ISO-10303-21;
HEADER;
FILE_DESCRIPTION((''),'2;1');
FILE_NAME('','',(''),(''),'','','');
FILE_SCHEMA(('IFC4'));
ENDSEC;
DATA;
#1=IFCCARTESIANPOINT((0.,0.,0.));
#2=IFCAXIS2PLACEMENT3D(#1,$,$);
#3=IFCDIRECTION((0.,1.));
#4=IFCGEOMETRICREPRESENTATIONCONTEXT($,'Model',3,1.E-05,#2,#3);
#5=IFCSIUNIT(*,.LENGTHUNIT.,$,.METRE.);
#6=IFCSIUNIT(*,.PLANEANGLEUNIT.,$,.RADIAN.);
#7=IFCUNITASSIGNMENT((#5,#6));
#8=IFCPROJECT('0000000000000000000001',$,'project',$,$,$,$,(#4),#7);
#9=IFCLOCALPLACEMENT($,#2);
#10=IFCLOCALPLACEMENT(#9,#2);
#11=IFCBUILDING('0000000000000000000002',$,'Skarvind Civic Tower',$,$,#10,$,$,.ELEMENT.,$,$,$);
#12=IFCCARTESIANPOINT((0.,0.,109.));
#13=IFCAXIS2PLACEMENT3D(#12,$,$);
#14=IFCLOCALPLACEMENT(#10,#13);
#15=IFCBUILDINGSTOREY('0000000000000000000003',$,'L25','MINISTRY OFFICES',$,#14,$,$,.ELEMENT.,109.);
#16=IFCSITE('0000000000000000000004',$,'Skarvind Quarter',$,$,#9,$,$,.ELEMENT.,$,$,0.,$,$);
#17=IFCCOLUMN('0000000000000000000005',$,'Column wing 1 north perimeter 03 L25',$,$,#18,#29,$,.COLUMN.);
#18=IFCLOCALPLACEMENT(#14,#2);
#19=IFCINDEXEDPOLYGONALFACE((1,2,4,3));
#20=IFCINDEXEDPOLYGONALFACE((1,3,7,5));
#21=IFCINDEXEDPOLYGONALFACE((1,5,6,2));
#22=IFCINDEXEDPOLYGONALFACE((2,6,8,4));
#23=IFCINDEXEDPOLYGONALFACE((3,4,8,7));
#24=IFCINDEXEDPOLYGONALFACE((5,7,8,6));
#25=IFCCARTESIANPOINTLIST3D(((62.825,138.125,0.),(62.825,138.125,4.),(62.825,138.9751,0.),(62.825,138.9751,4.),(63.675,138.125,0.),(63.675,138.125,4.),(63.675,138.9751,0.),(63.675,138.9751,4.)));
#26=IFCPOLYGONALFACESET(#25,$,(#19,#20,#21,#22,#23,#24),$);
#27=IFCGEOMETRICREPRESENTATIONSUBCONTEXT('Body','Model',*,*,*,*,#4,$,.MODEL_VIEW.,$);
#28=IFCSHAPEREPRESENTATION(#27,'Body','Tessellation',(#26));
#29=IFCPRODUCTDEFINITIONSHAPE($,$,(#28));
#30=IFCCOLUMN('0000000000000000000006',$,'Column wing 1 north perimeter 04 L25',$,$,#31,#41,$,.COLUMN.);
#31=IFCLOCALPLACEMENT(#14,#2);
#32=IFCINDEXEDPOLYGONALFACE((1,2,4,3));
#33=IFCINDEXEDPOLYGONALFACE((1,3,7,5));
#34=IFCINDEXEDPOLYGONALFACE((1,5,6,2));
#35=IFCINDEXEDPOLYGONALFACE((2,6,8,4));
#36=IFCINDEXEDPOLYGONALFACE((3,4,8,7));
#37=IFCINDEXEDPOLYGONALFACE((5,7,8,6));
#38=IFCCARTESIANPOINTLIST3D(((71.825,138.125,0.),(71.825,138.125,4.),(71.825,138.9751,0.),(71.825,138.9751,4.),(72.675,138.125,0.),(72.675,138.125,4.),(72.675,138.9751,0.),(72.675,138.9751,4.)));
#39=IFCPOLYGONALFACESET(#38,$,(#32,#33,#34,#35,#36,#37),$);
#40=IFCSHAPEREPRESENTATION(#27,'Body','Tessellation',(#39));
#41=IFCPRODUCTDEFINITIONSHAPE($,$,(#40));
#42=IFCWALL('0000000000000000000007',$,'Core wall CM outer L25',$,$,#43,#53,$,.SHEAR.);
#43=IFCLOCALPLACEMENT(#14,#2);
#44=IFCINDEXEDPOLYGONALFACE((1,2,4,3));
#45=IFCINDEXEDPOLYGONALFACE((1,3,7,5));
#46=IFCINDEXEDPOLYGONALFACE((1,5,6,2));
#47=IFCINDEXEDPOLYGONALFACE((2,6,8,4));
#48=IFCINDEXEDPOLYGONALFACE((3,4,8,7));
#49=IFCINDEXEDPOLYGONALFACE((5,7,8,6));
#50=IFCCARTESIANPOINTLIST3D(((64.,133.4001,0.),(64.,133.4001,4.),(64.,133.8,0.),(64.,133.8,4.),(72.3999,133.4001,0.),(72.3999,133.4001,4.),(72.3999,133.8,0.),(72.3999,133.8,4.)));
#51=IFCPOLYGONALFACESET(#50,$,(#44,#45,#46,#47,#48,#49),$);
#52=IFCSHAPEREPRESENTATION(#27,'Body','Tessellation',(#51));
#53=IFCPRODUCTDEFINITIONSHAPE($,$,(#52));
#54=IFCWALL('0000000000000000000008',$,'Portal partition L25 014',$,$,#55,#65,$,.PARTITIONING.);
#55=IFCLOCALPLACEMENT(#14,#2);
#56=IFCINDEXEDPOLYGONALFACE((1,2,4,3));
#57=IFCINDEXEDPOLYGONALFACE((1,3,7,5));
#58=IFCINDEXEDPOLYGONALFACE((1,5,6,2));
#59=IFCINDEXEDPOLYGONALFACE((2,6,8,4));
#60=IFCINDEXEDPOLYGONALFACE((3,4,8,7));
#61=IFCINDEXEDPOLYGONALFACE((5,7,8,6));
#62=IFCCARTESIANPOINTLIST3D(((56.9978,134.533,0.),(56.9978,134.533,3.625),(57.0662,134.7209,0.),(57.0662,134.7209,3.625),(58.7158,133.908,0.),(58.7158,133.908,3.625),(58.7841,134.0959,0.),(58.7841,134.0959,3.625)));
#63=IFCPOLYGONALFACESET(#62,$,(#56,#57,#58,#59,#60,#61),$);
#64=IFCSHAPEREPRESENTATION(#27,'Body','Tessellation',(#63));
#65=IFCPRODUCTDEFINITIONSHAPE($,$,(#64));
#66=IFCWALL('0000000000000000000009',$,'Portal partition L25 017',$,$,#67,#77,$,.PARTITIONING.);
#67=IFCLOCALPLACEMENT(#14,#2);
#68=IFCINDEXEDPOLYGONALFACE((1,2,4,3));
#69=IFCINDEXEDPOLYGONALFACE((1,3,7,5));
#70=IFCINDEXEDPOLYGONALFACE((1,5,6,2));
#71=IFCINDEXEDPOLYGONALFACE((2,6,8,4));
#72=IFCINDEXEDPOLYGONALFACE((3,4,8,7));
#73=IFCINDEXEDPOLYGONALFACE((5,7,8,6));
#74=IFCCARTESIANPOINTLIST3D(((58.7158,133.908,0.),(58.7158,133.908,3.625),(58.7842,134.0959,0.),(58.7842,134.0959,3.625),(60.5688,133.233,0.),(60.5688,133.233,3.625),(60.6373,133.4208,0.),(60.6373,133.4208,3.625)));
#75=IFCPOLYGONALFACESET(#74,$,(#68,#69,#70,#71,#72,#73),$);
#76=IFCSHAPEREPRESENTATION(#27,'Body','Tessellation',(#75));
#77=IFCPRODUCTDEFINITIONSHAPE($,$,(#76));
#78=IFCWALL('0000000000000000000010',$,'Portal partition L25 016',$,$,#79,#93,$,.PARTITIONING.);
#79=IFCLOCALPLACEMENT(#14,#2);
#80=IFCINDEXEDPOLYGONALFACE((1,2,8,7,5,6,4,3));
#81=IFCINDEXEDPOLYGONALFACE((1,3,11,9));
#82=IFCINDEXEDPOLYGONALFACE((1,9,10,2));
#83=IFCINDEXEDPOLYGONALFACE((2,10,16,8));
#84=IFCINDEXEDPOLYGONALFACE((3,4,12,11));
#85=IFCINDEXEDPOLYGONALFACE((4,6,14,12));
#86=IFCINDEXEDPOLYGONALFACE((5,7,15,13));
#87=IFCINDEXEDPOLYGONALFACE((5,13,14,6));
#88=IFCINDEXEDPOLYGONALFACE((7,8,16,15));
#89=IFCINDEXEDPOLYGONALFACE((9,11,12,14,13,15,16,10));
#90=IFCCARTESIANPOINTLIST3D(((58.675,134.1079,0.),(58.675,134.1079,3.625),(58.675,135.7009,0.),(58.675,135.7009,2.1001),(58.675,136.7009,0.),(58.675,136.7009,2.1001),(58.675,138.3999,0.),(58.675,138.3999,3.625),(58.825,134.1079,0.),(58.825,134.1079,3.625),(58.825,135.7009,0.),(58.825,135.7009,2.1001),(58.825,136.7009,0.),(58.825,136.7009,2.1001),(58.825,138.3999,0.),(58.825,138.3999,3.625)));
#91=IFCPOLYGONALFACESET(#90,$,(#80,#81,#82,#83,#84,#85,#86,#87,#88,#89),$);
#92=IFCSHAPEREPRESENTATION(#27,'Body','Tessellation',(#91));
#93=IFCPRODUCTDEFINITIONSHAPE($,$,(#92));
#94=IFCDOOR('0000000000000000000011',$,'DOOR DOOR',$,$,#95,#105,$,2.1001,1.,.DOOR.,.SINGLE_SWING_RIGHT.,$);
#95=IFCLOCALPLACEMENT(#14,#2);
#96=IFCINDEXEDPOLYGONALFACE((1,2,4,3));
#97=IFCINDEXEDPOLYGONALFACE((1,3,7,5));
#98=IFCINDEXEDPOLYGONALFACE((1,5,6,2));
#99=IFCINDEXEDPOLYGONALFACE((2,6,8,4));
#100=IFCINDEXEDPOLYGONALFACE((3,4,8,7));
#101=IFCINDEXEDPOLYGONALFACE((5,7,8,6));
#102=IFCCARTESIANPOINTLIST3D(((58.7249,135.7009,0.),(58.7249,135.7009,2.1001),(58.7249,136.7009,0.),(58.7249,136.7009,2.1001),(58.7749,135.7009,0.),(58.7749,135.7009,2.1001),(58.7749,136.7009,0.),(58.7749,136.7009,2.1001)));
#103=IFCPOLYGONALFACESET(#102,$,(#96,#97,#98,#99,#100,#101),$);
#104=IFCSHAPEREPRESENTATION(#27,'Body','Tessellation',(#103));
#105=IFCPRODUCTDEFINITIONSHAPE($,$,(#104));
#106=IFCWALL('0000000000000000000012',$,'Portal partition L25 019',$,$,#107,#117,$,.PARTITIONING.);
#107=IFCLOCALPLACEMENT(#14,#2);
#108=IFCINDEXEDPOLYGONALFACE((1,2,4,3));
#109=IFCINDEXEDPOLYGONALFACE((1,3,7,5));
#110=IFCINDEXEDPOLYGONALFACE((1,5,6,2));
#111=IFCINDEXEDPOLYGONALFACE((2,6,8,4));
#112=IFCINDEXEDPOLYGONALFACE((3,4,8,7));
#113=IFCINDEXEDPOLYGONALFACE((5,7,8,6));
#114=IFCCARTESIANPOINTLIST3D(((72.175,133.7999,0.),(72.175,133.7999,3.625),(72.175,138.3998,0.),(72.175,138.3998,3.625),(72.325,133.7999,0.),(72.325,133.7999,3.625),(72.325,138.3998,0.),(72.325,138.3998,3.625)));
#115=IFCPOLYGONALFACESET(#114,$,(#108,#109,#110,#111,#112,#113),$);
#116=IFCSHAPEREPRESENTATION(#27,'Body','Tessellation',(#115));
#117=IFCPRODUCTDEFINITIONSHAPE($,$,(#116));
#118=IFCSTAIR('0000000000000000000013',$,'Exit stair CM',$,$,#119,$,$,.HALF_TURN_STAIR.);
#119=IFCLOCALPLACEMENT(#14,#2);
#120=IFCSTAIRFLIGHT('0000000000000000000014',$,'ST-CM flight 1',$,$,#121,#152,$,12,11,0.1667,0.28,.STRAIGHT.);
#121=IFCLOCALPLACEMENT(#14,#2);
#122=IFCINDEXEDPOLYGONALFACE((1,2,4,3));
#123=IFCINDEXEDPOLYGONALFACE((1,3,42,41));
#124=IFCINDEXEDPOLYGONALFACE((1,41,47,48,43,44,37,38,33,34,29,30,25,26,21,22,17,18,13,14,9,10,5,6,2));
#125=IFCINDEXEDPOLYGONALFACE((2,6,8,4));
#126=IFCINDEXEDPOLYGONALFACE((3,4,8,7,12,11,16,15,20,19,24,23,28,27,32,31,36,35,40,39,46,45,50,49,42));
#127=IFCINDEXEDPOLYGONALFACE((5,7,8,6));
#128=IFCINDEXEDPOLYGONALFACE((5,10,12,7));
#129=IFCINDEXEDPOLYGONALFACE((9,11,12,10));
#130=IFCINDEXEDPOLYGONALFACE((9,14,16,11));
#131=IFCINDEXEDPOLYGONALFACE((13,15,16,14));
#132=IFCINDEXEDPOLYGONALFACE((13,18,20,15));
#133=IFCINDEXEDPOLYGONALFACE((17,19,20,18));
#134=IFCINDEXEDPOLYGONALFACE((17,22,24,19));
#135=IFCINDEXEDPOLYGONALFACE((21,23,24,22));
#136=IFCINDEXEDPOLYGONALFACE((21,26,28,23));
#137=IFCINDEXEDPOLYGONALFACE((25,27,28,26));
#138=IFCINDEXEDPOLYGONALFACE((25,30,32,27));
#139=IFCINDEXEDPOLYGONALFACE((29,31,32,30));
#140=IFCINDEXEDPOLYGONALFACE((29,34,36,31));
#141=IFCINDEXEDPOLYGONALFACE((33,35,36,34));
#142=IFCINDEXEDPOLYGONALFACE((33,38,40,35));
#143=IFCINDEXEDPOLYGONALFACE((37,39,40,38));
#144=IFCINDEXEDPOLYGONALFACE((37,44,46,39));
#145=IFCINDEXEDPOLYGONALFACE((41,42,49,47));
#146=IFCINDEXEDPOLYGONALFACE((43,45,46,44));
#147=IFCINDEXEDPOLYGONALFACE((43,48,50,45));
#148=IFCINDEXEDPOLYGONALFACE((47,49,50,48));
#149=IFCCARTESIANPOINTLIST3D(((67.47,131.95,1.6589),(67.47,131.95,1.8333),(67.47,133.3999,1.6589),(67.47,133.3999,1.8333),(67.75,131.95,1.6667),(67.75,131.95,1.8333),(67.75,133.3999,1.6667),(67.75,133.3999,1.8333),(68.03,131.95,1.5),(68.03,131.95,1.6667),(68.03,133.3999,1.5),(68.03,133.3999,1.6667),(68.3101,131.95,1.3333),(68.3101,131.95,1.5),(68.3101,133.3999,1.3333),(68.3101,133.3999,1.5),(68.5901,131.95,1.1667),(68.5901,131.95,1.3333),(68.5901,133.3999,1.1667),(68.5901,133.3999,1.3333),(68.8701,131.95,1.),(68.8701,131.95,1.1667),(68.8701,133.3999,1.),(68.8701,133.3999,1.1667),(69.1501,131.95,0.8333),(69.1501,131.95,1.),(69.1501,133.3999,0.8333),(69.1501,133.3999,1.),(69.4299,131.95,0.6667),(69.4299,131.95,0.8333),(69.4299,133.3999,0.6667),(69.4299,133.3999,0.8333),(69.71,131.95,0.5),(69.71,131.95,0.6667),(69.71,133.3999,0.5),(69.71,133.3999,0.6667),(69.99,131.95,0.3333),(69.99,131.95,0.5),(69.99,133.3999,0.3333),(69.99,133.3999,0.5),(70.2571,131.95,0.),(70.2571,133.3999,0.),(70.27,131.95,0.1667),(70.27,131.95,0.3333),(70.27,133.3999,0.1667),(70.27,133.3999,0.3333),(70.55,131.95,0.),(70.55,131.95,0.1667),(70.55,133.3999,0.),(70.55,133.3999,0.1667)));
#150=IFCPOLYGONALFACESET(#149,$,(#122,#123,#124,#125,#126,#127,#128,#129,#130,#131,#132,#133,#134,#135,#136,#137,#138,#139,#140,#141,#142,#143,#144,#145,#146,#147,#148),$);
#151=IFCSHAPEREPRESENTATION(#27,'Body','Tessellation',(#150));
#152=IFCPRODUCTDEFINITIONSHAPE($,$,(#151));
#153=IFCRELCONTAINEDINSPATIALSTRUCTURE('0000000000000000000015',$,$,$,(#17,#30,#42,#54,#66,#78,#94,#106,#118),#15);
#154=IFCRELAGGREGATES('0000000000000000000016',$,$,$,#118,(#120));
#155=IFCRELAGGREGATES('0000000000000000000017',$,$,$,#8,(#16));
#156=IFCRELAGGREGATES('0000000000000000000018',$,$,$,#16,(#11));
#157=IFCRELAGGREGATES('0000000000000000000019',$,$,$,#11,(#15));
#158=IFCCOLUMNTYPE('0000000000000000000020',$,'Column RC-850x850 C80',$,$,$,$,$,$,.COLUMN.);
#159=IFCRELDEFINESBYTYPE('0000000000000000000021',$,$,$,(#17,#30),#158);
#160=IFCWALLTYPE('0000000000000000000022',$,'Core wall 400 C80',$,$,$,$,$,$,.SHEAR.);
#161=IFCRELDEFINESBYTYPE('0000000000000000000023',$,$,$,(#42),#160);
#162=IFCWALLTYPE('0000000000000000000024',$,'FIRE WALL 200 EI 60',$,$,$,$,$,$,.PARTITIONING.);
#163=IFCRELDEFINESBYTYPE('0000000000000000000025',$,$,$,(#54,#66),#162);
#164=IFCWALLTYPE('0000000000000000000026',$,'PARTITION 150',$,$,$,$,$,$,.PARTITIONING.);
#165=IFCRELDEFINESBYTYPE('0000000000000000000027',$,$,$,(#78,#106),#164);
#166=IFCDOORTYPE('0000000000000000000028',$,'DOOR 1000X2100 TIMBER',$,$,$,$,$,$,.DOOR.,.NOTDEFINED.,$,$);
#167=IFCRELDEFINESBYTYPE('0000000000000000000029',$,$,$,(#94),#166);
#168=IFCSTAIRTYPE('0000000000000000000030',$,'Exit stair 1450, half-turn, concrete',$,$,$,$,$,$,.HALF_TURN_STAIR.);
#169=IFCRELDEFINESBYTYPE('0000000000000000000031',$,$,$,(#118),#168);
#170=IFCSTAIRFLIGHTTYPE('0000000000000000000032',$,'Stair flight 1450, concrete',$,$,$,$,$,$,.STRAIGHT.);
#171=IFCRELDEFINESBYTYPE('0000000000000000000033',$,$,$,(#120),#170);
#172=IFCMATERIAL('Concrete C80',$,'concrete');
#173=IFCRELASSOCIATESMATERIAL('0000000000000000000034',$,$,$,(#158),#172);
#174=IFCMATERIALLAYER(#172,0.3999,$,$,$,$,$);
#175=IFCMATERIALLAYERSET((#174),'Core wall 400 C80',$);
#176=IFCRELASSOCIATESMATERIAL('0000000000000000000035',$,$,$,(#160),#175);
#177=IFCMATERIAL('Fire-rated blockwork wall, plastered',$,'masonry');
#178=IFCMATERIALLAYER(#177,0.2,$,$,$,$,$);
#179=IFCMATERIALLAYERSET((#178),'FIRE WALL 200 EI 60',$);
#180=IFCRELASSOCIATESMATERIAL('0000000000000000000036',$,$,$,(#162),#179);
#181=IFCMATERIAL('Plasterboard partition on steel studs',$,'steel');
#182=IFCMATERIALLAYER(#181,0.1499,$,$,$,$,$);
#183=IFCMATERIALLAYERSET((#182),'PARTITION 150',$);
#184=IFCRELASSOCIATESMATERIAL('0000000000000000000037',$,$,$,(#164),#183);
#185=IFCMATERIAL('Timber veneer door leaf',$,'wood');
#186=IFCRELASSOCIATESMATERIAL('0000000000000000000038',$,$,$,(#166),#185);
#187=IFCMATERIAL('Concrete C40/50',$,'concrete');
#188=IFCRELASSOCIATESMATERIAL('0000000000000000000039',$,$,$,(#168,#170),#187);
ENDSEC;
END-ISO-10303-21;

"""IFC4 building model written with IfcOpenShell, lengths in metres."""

from ifc_helpers import new_model, si_unit, direction, frame, frame_2d, origin, origin_2d, place, context, subcontext, project, spatial, polyline, rectangle, outline, extrude, material, layer, layer_set, material_profile, profile_set, type_object, element, fill, aggregate, save


model = new_model("IFC4")

# Units and contexts
model_context = context("Model", 3, precision=1e-05, world=origin(), true_north=direction((0.0, 1.0)))
body_context = subcontext(model_context, "Body", "Model", "MODEL_VIEW")
ifc_project = project(units=[si_unit("LENGTHUNIT", "METRE"), si_unit("PLANEANGLEUNIT", "RADIAN")], contexts=[model_context])

# Site, building, storey
site_placement = place(None, origin())
site = spatial("IfcSite", under=ifc_project, at=site_placement, Name="Skarvind Quarter", CompositionType="ELEMENT", RefElevation=0.0)
building_placement = place(site_placement, origin())
building = spatial("IfcBuilding", under=site, at=building_placement, Name="Skarvind Civic Tower", CompositionType="ELEMENT")
storey_placement = place(building_placement, frame((0.0, 0.0, 109.0)))
storey = spatial("IfcBuildingStorey", under=building, at=storey_placement, Name="L25", Description="MINISTRY OFFICES", CompositionType="ELEMENT", Elevation=109.0)

# Columns
ifc_material_1 = material(Name="Concrete C80", Category="concrete")
ifc_material_profile_1 = material_profile(ifc_material_1, rectangle(XDim=0.8501, YDim=0.8501, at=origin_2d()), Name="RC-850x850")
ifc_profile_set_1 = profile_set([ifc_material_profile_1], Name="Concrete C80")
column_type = type_object("IfcColumnType", Name="Column RC-850x850 C80", PredefinedType="COLUMN", material=ifc_profile_set_1)
for number, where, z_axis, x_axis, name in (
    (1, (63.25, 138.55, 0.0), (0.0, 0.0, 1.0), (1.0, 0.0, 0.0), "Column wing 1 north perimeter 03 L25"),
    (2, (72.25, 138.55, 0.0), (0.0, 0.0, 1.0), (1.0, 0.0, 0.0), "Column wing 1 north perimeter 04 L25"),
):
    element("IfcColumn", number, at=place(storey_placement, frame(where, z_axis=z_axis, x_axis=x_axis)), inside=storey, type_object=column_type, Name=name, PredefinedType="COLUMN", context=body_context, shape_type="SweptSolid", body=[
        extrude(rectangle(XDim=0.8501, YDim=0.8501, at=origin_2d()), origin(), (0.0, 0.0, 1.0), 4.0),
    ])

# Walls
ifc_layer_1 = layer(ifc_material_1, 0.3999)
ifc_layer_set_1 = layer_set([ifc_layer_1], Name="Core wall 400 C80")
wall_type_1 = type_object("IfcWallType", Name="Core wall 400 C80", PredefinedType="SHEAR", material=ifc_layer_set_1)
wall_1_placement = place(storey_placement, frame((64.0, 133.6001, 0.0), z_axis=(0.0, 0.0, 1.0), x_axis=(1.0, 0.0, 0.0)))
element("IfcWall", 3, at=wall_1_placement, inside=storey, type_object=wall_type_1, Name="Core wall CM outer L25", PredefinedType="SHEAR", context=body_context, shape_type="SweptSolid", body=[
    extrude(rectangle(XDim=8.3999, YDim=0.3999, at=frame_2d((4.2, 0.0))), origin(), (0.0, 0.0, 1.0), 4.0),
])
ifc_material_2 = material(Name="Fire-rated blockwork wall, plastered", Category="masonry")
ifc_layer_2 = layer(ifc_material_2, 0.2)
ifc_layer_set_2 = layer_set([ifc_layer_2], Name="FIRE WALL 200 EI 60")
wall_type_2 = type_object("IfcWallType", Name="FIRE WALL 200 EI 60", PredefinedType="PARTITIONING", material=ifc_layer_set_2)
wall_2_placement = place(storey_placement, frame((57.032, 134.627, 0.0), z_axis=(0.0, 0.0, 1.0), x_axis=(0.939747, -0.341872, 0.0)))
element("IfcWall", 4, at=wall_2_placement, inside=storey, type_object=wall_type_2, Name="Portal partition L25 014", PredefinedType="PARTITIONING", context=body_context, shape_type="SweptSolid", body=[
    extrude(rectangle(XDim=1.8281, YDim=0.2, at=frame_2d((0.9141, 0.0))), origin(), (0.0, 0.0, 1.0), 3.625),
])
wall_3_placement = place(storey_placement, frame((58.75, 134.002, 0.0), z_axis=(0.0, 0.0, 1.0), x_axis=(0.939594, -0.34229, 0.0)))
element("IfcWall", 5, at=wall_3_placement, inside=storey, type_object=wall_type_2, Name="Portal partition L25 017", PredefinedType="PARTITIONING", context=body_context, shape_type="SweptSolid", body=[
    extrude(rectangle(XDim=1.9722, YDim=0.2, at=frame_2d((0.9861, 0.0))), origin(), (0.0, 0.0, 1.0), 3.625),
])

# Wall, opening, door
ifc_material_3 = material(Name="Plasterboard partition on steel studs", Category="steel")
ifc_layer_3 = layer(ifc_material_3, 0.1499)
ifc_layer_set_3 = layer_set([ifc_layer_3], Name="PARTITION 150")
wall_type_3 = type_object("IfcWallType", Name="PARTITION 150", PredefinedType="PARTITIONING", material=ifc_layer_set_3)
wall_4_placement = place(storey_placement, frame((58.75, 138.3999, 0.0), z_axis=(0.0, 0.0, 1.0), x_axis=(0.0, -1.0, 0.0)))
wall_4 = element("IfcWall", 6, at=wall_4_placement, inside=storey, type_object=wall_type_3, Name="Portal partition L25 016", PredefinedType="PARTITIONING", context=body_context, shape_type="SweptSolid", body=[
    extrude(rectangle(XDim=4.292, YDim=0.1499, at=frame_2d((2.146, 0.0))), origin(), (0.0, 0.0, 1.0), 3.625),
])
opening_placement = place(wall_4_placement, frame((1.699, 0.0, 0.0)))
opening = element("IfcOpeningElement", 7, at=opening_placement, cuts=wall_4, PredefinedType="OPENING", context=body_context, shape_type="SweptSolid", body=[
    extrude(rectangle(XDim=1.0, YDim=2.1001, at=frame_2d((0.5, 1.05))), frame((0.0, 0.085, 0.0), z_axis=(0.0, -1.0, 0.0), x_axis=(1.0, 0.0, 0.0)), (0.0, 0.0, 1.0), 0.1699),
])
ifc_material_4 = material(Name="Timber veneer door leaf", Category="wood")
door_type = type_object("IfcDoorType", Name="DOOR 1000X2100 TIMBER", OperationType="NOTDEFINED", PredefinedType="DOOR", material=ifc_material_4)
door_placement = place(opening_placement, origin())
door = element("IfcDoor", 8, at=door_placement, inside=storey, type_object=door_type, Name="DOOR DOOR", OperationType="SINGLE_SWING_RIGHT", OverallHeight=2.1001, OverallWidth=1.0, PredefinedType="DOOR", context=body_context, shape_type="SweptSolid", body=[
    extrude(rectangle(XDim=1.0, YDim=2.1001, at=frame_2d((0.5, 1.05))), frame((0.0, 0.0249, 0.0), z_axis=(0.0, -1.0, 0.0), x_axis=(1.0, 0.0, 0.0)), (0.0, 0.0, 1.0), 0.05),
])
fill(opening, door)

# Wall
wall_5_placement = place(storey_placement, frame((72.25, 133.8, 0.0), z_axis=(0.0, 0.0, 1.0), x_axis=(0.0, 1.0, 0.0)))
element("IfcWall", 9, at=wall_5_placement, inside=storey, type_object=wall_type_3, Name="Portal partition L25 019", PredefinedType="PARTITIONING", context=body_context, shape_type="SweptSolid", body=[
    extrude(rectangle(XDim=4.5999, YDim=0.1499, at=frame_2d((2.2998, 0.0))), origin(), (0.0, 0.0, 1.0), 3.625),
])

# Stair, stair flight
ifc_material_5 = material(Name="Concrete C40/50", Category="concrete")
stair_type = type_object("IfcStairType", Name="Exit stair 1450, half-turn, concrete", PredefinedType="HALF_TURN_STAIR", material=ifc_material_5)
stair_placement = place(storey_placement, origin())
stair = element("IfcStair", 10, at=stair_placement, inside=storey, type_object=stair_type, Name="Exit stair CM", PredefinedType="HALF_TURN_STAIR")
stair_flight_type = type_object("IfcStairFlightType", Name="Stair flight 1450, concrete", PredefinedType="STRAIGHT", material=ifc_material_5)
stair_flight_1_placement = place(storey_placement, frame((70.55, 132.675, 0.0), z_axis=(0.0, 0.0, 1.0), x_axis=(-1.0, 0.0, 0.0)))
stair_flight_1 = element("IfcStairFlight", 11, at=stair_flight_1_placement, type_object=stair_flight_type, Name="ST-CM flight 1", NumberOfRisers=12, NumberOfTreads=11, PredefinedType="STRAIGHT", RiserHeight=0.1667, TreadLength=0.28, context=body_context, shape_type="SweptSolid", body=[
    extrude(outline(polyline([(0.0, 0.0), (0.0, 0.1667), (0.28, 0.1667), (0.28, 0.3333), (0.5601, 0.3333), (0.5601, 0.5), (0.8401, 0.5), (0.8401, 0.6667), (1.1201, 0.6667), (1.1201, 0.8333), (1.3999, 0.8333), (1.3999, 1.0), (1.6799, 1.0), (1.6799, 1.1667), (1.96, 1.1667), (1.96, 1.3333), (2.24, 1.3333), (2.24, 1.5), (2.52, 1.5), (2.52, 1.6667), (2.8, 1.6667), (2.8, 1.8333), (3.0801, 1.8333), (3.0801, 2.0), (3.0801, 1.6589), (0.293, 0.0), (0.0, 0.0)])), frame((0.0, 0.7251, 0.0), z_axis=(0.0, -1.0, 0.0), x_axis=(1.0, 0.0, 0.0)), (0.0, 0.0, 1.0), 1.45),
])
aggregate(stair, [stair_flight_1])

save(model, "model.ifc")
